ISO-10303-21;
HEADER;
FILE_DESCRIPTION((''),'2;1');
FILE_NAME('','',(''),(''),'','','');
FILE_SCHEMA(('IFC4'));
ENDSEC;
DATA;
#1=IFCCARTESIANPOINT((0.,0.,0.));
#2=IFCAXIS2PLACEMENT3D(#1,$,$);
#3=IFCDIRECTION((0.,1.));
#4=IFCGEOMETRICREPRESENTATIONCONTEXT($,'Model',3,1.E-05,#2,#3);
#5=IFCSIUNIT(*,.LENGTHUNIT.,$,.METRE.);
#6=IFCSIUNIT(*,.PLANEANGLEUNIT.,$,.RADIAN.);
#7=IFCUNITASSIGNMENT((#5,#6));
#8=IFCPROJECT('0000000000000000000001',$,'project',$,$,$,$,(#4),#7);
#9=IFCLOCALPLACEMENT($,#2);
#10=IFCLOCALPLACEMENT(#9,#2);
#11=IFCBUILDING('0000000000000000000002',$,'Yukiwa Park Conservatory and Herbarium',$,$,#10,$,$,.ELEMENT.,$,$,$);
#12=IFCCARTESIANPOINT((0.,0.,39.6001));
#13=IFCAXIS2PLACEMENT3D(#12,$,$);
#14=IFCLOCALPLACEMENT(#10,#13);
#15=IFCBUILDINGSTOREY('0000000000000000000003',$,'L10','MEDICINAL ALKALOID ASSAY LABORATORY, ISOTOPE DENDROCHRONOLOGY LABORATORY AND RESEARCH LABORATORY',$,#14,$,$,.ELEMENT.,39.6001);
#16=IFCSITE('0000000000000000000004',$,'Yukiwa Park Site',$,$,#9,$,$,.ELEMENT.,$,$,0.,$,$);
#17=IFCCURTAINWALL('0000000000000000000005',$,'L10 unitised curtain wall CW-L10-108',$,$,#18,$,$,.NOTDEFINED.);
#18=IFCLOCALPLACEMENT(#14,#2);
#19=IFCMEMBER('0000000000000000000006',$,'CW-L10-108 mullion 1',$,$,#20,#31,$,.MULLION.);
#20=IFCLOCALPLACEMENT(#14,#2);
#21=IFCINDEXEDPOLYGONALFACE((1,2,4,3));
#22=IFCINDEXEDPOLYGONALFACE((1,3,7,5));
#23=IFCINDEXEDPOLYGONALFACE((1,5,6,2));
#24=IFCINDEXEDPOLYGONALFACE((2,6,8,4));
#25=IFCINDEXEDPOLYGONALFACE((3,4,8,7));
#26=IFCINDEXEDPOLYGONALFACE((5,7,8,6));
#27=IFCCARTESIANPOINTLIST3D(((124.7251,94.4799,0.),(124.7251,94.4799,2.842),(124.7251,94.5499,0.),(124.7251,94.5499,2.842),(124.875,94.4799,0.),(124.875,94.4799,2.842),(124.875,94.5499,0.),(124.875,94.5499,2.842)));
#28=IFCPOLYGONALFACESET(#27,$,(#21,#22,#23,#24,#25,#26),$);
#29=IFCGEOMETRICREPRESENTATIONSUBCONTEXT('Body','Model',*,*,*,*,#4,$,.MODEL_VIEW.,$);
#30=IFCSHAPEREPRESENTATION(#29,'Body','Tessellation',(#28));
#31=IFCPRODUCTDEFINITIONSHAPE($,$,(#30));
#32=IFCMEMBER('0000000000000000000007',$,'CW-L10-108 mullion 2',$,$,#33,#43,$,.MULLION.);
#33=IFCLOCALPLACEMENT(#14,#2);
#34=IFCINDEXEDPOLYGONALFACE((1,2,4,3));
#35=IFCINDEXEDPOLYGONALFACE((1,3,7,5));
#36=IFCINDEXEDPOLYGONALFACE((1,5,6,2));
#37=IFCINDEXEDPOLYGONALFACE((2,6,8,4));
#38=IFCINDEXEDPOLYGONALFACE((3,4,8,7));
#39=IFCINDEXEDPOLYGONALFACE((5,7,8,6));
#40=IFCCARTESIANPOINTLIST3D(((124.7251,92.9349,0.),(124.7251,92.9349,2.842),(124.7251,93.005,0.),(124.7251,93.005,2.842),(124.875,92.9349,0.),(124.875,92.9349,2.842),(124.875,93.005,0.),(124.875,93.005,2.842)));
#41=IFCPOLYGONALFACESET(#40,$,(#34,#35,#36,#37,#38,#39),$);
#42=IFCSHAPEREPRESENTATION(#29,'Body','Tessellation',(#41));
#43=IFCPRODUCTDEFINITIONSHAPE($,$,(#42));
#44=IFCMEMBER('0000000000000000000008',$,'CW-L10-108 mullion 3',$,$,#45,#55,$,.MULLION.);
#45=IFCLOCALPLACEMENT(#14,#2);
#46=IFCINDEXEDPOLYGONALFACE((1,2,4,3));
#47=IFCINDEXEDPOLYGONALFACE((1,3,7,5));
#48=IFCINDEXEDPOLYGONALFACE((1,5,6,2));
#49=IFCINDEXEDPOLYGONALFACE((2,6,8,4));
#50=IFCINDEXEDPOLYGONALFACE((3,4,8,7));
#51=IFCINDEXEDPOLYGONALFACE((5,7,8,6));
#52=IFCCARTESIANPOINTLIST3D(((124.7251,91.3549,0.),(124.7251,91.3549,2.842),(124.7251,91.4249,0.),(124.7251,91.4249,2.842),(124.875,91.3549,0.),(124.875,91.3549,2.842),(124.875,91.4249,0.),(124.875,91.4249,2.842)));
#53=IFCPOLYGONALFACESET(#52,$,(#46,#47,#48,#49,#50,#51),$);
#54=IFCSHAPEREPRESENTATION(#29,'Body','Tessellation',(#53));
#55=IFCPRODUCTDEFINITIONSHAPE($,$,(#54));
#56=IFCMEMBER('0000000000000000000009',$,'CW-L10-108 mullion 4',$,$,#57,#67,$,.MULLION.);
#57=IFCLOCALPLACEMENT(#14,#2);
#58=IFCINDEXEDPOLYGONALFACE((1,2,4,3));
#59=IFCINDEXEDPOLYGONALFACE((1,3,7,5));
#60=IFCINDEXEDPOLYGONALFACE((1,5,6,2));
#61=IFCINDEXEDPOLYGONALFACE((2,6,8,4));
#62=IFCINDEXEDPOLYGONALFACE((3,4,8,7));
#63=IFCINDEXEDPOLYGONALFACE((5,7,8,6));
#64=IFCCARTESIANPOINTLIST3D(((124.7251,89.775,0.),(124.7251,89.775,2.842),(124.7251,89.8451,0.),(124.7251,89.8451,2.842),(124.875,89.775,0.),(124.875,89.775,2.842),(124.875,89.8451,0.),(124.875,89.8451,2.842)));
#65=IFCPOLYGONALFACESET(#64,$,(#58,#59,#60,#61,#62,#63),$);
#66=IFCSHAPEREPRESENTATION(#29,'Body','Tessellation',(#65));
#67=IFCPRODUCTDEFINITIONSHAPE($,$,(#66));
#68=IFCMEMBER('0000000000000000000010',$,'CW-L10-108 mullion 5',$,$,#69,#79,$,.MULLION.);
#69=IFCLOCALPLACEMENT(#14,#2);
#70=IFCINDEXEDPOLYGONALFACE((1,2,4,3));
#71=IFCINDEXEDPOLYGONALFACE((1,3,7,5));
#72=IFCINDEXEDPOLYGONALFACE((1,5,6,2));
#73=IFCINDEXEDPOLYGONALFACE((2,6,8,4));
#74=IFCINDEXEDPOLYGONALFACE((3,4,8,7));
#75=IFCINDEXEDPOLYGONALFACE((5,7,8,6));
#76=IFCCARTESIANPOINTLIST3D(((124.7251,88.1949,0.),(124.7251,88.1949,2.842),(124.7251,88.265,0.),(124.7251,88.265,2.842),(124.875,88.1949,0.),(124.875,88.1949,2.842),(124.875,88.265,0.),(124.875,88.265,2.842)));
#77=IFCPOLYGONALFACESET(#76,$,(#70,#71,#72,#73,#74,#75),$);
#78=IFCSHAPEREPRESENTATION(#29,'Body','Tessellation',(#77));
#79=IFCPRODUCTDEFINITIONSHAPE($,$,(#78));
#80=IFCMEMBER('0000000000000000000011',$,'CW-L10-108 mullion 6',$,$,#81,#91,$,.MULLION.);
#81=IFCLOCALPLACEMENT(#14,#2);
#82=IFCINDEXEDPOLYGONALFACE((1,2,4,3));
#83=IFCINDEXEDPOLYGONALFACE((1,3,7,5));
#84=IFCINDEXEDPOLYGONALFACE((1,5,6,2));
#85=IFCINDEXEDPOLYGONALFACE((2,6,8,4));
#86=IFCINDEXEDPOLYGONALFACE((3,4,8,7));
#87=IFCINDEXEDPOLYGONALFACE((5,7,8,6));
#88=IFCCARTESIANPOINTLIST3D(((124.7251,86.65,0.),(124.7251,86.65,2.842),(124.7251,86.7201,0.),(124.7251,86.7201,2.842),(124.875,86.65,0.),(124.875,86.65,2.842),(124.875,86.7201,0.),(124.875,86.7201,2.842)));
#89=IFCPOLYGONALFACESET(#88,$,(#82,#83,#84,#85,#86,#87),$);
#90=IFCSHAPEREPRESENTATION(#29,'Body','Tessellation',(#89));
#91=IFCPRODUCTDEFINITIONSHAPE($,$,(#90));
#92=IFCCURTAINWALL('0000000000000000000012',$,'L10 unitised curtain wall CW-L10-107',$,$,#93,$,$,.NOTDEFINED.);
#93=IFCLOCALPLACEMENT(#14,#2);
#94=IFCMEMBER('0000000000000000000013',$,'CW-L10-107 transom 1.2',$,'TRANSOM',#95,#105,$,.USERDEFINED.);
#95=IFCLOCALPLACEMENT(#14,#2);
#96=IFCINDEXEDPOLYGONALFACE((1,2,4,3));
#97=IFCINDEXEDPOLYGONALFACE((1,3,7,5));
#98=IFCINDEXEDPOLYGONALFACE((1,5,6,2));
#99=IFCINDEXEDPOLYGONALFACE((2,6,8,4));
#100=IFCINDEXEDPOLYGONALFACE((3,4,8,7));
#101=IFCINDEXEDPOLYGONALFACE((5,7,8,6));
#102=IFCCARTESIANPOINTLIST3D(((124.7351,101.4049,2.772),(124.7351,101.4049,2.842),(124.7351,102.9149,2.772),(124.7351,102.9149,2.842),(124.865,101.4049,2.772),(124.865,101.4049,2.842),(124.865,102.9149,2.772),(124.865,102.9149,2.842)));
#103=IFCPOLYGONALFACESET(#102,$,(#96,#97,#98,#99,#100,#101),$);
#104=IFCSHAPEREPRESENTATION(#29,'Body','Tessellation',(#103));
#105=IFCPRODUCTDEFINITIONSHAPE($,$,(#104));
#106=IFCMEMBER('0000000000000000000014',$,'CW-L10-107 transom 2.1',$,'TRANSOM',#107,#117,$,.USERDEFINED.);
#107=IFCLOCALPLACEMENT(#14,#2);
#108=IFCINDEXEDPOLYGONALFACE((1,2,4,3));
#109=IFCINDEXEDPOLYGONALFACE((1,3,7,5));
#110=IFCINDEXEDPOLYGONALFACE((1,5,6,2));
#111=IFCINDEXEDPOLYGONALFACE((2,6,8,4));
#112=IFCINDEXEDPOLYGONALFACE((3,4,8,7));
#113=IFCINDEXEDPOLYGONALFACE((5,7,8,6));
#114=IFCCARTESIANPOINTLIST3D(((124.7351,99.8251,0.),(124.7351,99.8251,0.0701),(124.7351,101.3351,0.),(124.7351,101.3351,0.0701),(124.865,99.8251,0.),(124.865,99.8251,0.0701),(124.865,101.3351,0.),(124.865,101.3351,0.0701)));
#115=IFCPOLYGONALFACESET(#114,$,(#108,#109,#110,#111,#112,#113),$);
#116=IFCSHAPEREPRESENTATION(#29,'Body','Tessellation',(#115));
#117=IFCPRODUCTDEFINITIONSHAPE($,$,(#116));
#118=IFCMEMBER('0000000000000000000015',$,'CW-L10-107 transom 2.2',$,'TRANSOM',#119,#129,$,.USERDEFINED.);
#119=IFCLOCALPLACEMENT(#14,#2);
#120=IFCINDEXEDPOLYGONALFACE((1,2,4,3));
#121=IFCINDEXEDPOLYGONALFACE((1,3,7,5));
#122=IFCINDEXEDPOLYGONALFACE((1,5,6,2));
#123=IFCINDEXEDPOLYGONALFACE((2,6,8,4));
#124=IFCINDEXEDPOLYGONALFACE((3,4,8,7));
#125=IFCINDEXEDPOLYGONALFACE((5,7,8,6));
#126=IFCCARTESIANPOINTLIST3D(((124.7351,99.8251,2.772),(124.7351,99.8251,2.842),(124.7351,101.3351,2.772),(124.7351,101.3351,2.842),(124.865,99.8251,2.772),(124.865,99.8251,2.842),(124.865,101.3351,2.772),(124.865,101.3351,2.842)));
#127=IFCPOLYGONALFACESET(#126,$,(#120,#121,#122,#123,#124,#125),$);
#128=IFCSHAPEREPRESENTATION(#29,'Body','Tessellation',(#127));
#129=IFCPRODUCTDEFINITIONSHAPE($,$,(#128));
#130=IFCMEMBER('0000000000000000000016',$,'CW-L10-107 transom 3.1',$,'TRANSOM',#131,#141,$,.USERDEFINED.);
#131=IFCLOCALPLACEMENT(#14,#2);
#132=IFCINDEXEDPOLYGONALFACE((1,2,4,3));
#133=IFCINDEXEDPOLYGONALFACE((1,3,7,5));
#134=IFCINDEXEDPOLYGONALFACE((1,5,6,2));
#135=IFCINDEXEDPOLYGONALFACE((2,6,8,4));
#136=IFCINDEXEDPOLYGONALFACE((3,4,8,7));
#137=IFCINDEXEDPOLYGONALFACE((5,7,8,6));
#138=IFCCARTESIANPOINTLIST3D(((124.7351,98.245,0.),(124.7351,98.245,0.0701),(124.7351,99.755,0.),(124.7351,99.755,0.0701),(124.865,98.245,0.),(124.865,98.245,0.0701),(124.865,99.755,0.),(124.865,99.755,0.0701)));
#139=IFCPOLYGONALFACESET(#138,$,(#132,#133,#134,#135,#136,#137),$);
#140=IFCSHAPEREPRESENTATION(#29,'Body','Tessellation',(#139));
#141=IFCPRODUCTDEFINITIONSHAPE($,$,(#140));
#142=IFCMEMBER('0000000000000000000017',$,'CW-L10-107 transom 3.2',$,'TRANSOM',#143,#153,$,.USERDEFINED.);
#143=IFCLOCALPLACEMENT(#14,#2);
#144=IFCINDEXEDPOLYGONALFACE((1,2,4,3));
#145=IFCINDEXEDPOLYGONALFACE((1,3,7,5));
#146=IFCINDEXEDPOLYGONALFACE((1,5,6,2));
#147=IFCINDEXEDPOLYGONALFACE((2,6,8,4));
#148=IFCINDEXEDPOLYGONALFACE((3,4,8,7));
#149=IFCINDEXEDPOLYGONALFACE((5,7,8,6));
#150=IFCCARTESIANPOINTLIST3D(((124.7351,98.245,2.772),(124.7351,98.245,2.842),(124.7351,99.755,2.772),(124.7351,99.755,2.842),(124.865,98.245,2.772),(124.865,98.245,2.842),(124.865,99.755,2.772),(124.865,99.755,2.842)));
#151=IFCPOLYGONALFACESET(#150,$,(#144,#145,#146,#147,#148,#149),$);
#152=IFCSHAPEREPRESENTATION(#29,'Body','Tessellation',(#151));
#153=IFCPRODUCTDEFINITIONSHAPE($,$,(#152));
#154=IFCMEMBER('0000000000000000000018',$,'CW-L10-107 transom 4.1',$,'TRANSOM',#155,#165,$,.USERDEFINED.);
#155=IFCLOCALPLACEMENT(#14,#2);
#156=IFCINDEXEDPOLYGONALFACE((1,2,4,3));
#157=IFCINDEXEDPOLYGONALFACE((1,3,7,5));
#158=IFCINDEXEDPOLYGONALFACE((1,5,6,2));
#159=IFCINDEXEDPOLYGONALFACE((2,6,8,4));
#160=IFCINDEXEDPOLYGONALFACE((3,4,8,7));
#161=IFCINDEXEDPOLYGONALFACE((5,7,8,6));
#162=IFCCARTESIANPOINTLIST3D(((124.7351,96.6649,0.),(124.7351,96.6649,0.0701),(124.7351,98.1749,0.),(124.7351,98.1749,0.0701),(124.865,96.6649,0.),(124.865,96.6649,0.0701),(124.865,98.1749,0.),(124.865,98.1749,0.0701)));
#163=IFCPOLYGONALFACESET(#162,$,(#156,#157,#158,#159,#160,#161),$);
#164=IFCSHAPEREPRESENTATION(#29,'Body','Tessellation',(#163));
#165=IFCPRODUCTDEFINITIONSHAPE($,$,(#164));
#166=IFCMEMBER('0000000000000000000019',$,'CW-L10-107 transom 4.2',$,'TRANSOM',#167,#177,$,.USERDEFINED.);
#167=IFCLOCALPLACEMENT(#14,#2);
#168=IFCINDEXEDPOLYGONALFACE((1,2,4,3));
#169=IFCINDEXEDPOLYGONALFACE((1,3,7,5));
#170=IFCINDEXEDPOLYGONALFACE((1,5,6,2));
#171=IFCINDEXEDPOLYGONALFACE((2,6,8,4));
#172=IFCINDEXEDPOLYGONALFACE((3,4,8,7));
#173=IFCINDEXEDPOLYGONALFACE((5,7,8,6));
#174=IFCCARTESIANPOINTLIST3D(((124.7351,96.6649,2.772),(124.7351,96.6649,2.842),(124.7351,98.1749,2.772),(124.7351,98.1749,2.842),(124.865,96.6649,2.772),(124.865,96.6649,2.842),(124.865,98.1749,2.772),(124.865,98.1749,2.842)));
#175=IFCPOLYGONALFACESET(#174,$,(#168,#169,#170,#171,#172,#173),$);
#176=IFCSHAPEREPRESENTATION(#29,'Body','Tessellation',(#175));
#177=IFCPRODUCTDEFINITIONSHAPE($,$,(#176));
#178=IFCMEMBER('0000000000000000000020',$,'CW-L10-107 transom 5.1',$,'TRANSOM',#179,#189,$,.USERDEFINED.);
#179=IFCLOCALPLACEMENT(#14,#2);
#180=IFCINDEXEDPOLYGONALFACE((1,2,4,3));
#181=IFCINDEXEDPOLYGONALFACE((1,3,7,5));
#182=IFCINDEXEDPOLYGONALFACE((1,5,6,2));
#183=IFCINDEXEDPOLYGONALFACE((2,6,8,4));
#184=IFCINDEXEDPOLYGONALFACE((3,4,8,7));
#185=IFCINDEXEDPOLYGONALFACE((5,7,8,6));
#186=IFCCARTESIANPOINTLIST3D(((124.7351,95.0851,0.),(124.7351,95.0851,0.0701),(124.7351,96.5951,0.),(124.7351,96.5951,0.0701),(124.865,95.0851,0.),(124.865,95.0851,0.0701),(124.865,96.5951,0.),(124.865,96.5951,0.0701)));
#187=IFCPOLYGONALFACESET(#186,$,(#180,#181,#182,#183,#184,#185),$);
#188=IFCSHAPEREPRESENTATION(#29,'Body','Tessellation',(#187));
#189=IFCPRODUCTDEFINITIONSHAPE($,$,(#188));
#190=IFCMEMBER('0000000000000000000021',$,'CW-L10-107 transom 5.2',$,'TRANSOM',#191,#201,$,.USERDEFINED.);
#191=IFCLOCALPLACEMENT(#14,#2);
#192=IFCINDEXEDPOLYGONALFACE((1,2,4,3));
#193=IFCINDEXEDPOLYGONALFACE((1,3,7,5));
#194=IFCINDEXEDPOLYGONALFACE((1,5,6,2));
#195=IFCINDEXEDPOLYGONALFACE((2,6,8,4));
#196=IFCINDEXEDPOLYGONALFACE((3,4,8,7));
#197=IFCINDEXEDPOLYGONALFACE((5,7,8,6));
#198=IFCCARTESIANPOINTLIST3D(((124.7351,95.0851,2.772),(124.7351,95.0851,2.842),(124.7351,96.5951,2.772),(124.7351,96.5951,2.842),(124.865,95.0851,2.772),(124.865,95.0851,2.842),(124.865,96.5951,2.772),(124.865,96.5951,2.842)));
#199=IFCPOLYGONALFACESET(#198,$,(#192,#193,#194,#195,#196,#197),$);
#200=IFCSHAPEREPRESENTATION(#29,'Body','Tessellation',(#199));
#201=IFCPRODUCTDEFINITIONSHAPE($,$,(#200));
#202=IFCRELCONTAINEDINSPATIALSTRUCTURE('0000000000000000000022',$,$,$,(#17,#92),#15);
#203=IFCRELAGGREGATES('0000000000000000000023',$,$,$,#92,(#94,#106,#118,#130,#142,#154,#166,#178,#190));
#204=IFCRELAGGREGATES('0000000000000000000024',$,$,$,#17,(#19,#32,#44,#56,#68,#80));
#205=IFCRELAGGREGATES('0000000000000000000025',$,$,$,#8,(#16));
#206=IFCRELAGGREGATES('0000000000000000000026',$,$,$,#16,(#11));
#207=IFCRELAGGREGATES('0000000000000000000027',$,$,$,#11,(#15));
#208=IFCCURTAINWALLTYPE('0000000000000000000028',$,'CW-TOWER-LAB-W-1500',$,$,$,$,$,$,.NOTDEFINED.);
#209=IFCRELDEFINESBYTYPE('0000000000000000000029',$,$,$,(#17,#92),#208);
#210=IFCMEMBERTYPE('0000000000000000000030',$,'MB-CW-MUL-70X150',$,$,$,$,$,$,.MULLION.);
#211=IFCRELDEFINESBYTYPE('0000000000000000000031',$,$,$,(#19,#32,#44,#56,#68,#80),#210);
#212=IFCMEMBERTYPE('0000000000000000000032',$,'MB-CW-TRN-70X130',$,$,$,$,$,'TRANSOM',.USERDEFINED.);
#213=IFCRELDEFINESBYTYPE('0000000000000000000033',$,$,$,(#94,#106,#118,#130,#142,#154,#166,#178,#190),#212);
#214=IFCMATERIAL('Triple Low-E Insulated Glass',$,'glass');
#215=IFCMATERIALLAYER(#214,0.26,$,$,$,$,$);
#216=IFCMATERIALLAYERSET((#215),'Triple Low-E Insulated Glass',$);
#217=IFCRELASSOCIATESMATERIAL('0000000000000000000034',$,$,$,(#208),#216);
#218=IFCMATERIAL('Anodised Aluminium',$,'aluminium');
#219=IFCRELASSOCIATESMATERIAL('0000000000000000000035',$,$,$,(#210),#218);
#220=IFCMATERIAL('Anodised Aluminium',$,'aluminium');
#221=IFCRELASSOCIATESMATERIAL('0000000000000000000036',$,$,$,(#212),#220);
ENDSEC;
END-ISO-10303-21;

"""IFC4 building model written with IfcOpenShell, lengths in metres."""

from ifc_helpers import new_model, si_unit, direction, frame, origin, origin_2d, place, context, subcontext, project, spatial, rectangle, extrude, material, layer, layer_set, type_object, element, aggregate, save


model = new_model("IFC4")

# Units and contexts
model_context = context("Model", 3, precision=1e-05, world=origin(), true_north=direction((0.0, 1.0)))
body_context = subcontext(model_context, "Body", "Model", "MODEL_VIEW")
ifc_project = project(units=[si_unit("LENGTHUNIT", "METRE"), si_unit("PLANEANGLEUNIT", "RADIAN")], contexts=[model_context])

# Site, building, storey
site_placement = place(None, origin())
site = spatial("IfcSite", under=ifc_project, at=site_placement, Name="Yukiwa Park Site", CompositionType="ELEMENT", RefElevation=0.0)
building_placement = place(site_placement, origin())
building = spatial("IfcBuilding", under=site, at=building_placement, Name="Yukiwa Park Conservatory and Herbarium", CompositionType="ELEMENT")
storey_placement = place(building_placement, frame((0.0, 0.0, 39.6001)))
storey = spatial("IfcBuildingStorey", under=building, at=storey_placement, Name="L10", Description="MEDICINAL ALKALOID ASSAY LABORATORY, ISOTOPE DENDROCHRONOLOGY LABORATORY AND RESEARCH LABORATORY", CompositionType="ELEMENT", Elevation=39.6001)

# Curtain walls, members
ifc_material_1 = material(Name="Triple Low-E Insulated Glass", Category="glass")
ifc_layer_1 = layer(ifc_material_1, 0.26)
ifc_layer_set_1 = layer_set([ifc_layer_1], Name="Triple Low-E Insulated Glass")
curtain_wall_type = type_object("IfcCurtainWallType", Name="CW-TOWER-LAB-W-1500", PredefinedType="NOTDEFINED", material=ifc_layer_set_1)
curtain_wall_1_placement = place(storey_placement, origin())
curtain_wall_1 = element("IfcCurtainWall", 1, at=curtain_wall_1_placement, inside=storey, type_object=curtain_wall_type, Name="L10 unitised curtain wall CW-L10-108", PredefinedType="NOTDEFINED")
ifc_material_2 = material(Name="Anodised Aluminium", Category="aluminium")
member_type_1 = type_object("IfcMemberType", Name="MB-CW-MUL-70X150", PredefinedType="MULLION", material=ifc_material_2)
member_1_placement = place(storey_placement, frame((124.8, 94.5149, 0.0), z_axis=(0.0, 0.0, 1.0), x_axis=(0.0, -1.0, 0.0)))
member_1 = element("IfcMember", 2, at=member_1_placement, type_object=member_type_1, Name="CW-L10-108 mullion 1", PredefinedType="MULLION", context=body_context, shape_type="SweptSolid", body=[
    extrude(rectangle(XDim=0.0701, YDim=0.1499, at=origin_2d()), origin(), (0.0, 0.0, 1.0), 2.842),
])
member_2_placement = place(storey_placement, frame((124.8, 92.97, 0.0), z_axis=(0.0, 0.0, 1.0), x_axis=(0.0, -1.0, 0.0)))
member_2 = element("IfcMember", 3, at=member_2_placement, type_object=member_type_1, Name="CW-L10-108 mullion 2", PredefinedType="MULLION", context=body_context, shape_type="SweptSolid", body=[
    extrude(rectangle(XDim=0.0701, YDim=0.1499, at=origin_2d()), origin(), (0.0, 0.0, 1.0), 2.842),
])
member_3_placement = place(storey_placement, frame((124.8, 91.3899, 0.0), z_axis=(0.0, 0.0, 1.0), x_axis=(0.0, -1.0, 0.0)))
member_3 = element("IfcMember", 4, at=member_3_placement, type_object=member_type_1, Name="CW-L10-108 mullion 3", PredefinedType="MULLION", context=body_context, shape_type="SweptSolid", body=[
    extrude(rectangle(XDim=0.0701, YDim=0.1499, at=origin_2d()), origin(), (0.0, 0.0, 1.0), 2.842),
])
member_4_placement = place(storey_placement, frame((124.8, 89.8101, 0.0), z_axis=(0.0, 0.0, 1.0), x_axis=(0.0, -1.0, 0.0)))
member_4 = element("IfcMember", 5, at=member_4_placement, type_object=member_type_1, Name="CW-L10-108 mullion 4", PredefinedType="MULLION", context=body_context, shape_type="SweptSolid", body=[
    extrude(rectangle(XDim=0.0701, YDim=0.1499, at=origin_2d()), origin(), (0.0, 0.0, 1.0), 2.842),
])
member_5_placement = place(storey_placement, frame((124.8, 88.23, 0.0), z_axis=(0.0, 0.0, 1.0), x_axis=(0.0, -1.0, 0.0)))
member_5 = element("IfcMember", 6, at=member_5_placement, type_object=member_type_1, Name="CW-L10-108 mullion 5", PredefinedType="MULLION", context=body_context, shape_type="SweptSolid", body=[
    extrude(rectangle(XDim=0.0701, YDim=0.1499, at=origin_2d()), origin(), (0.0, 0.0, 1.0), 2.842),
])
member_6_placement = place(storey_placement, frame((124.8, 86.6851, 0.0), z_axis=(0.0, 0.0, 1.0), x_axis=(0.0, -1.0, 0.0)))
member_6 = element("IfcMember", 7, at=member_6_placement, type_object=member_type_1, Name="CW-L10-108 mullion 6", PredefinedType="MULLION", context=body_context, shape_type="SweptSolid", body=[
    extrude(rectangle(XDim=0.0701, YDim=0.1499, at=origin_2d()), origin(), (0.0, 0.0, 1.0), 2.842),
])
curtain_wall_2_placement = place(storey_placement, origin())
curtain_wall_2 = element("IfcCurtainWall", 8, at=curtain_wall_2_placement, inside=storey, type_object=curtain_wall_type, Name="L10 unitised curtain wall CW-L10-107", PredefinedType="NOTDEFINED")
ifc_material_3 = material(Name="Anodised Aluminium", Category="aluminium")
member_type_2 = type_object("IfcMemberType", Name="MB-CW-TRN-70X130", ElementType="TRANSOM", PredefinedType="USERDEFINED", material=ifc_material_3)
member_7_placement = place(storey_placement, frame((124.8, 102.1599, 2.772), z_axis=(0.0, 0.0, 1.0), x_axis=(0.0, -1.0, 0.0)))
member_7 = element("IfcMember", 9, at=member_7_placement, type_object=member_type_2, Name="CW-L10-107 transom 1.2", ObjectType="TRANSOM", PredefinedType="USERDEFINED", context=body_context, shape_type="SweptSolid", body=[
    extrude(rectangle(XDim=1.51, YDim=0.1299, at=origin_2d()), origin(), (0.0, 0.0, 1.0), 0.0701),
])
member_8_placement = place(storey_placement, frame((124.8, 100.5801, 0.0), z_axis=(0.0, 0.0, 1.0), x_axis=(0.0, -1.0, 0.0)))
member_8 = element("IfcMember", 10, at=member_8_placement, type_object=member_type_2, Name="CW-L10-107 transom 2.1", ObjectType="TRANSOM", PredefinedType="USERDEFINED", context=body_context, shape_type="SweptSolid", body=[
    extrude(rectangle(XDim=1.51, YDim=0.1299, at=origin_2d()), origin(), (0.0, 0.0, 1.0), 0.0701),
])
member_9_placement = place(storey_placement, frame((124.8, 100.5801, 2.772), z_axis=(0.0, 0.0, 1.0), x_axis=(0.0, -1.0, 0.0)))
member_9 = element("IfcMember", 11, at=member_9_placement, type_object=member_type_2, Name="CW-L10-107 transom 2.2", ObjectType="TRANSOM", PredefinedType="USERDEFINED", context=body_context, shape_type="SweptSolid", body=[
    extrude(rectangle(XDim=1.51, YDim=0.1299, at=origin_2d()), origin(), (0.0, 0.0, 1.0), 0.0701),
])
member_10_placement = place(storey_placement, frame((124.8, 99.0, 0.0), z_axis=(0.0, 0.0, 1.0), x_axis=(0.0, -1.0, 0.0)))
member_10 = element("IfcMember", 12, at=member_10_placement, type_object=member_type_2, Name="CW-L10-107 transom 3.1", ObjectType="TRANSOM", PredefinedType="USERDEFINED", context=body_context, shape_type="SweptSolid", body=[
    extrude(rectangle(XDim=1.51, YDim=0.1299, at=origin_2d()), origin(), (0.0, 0.0, 1.0), 0.0701),
])
member_11_placement = place(storey_placement, frame((124.8, 99.0, 2.772), z_axis=(0.0, 0.0, 1.0), x_axis=(0.0, -1.0, 0.0)))
member_11 = element("IfcMember", 13, at=member_11_placement, type_object=member_type_2, Name="CW-L10-107 transom 3.2", ObjectType="TRANSOM", PredefinedType="USERDEFINED", context=body_context, shape_type="SweptSolid", body=[
    extrude(rectangle(XDim=1.51, YDim=0.1299, at=origin_2d()), origin(), (0.0, 0.0, 1.0), 0.0701),
])
member_12_placement = place(storey_placement, frame((124.8, 97.4199, 0.0), z_axis=(0.0, 0.0, 1.0), x_axis=(0.0, -1.0, 0.0)))
member_12 = element("IfcMember", 14, at=member_12_placement, type_object=member_type_2, Name="CW-L10-107 transom 4.1", ObjectType="TRANSOM", PredefinedType="USERDEFINED", context=body_context, shape_type="SweptSolid", body=[
    extrude(rectangle(XDim=1.51, YDim=0.1299, at=origin_2d()), origin(), (0.0, 0.0, 1.0), 0.0701),
])
member_13_placement = place(storey_placement, frame((124.8, 97.4199, 2.772), z_axis=(0.0, 0.0, 1.0), x_axis=(0.0, -1.0, 0.0)))
member_13 = element("IfcMember", 15, at=member_13_placement, type_object=member_type_2, Name="CW-L10-107 transom 4.2", ObjectType="TRANSOM", PredefinedType="USERDEFINED", context=body_context, shape_type="SweptSolid", body=[
    extrude(rectangle(XDim=1.51, YDim=0.1299, at=origin_2d()), origin(), (0.0, 0.0, 1.0), 0.0701),
])
member_14_placement = place(storey_placement, frame((124.8, 95.8401, 0.0), z_axis=(0.0, 0.0, 1.0), x_axis=(0.0, -1.0, 0.0)))
member_14 = element("IfcMember", 16, at=member_14_placement, type_object=member_type_2, Name="CW-L10-107 transom 5.1", ObjectType="TRANSOM", PredefinedType="USERDEFINED", context=body_context, shape_type="SweptSolid", body=[
    extrude(rectangle(XDim=1.51, YDim=0.1299, at=origin_2d()), origin(), (0.0, 0.0, 1.0), 0.0701),
])
member_15_placement = place(storey_placement, frame((124.8, 95.8401, 2.772), z_axis=(0.0, 0.0, 1.0), x_axis=(0.0, -1.0, 0.0)))
member_15 = element("IfcMember", 17, at=member_15_placement, type_object=member_type_2, Name="CW-L10-107 transom 5.2", ObjectType="TRANSOM", PredefinedType="USERDEFINED", context=body_context, shape_type="SweptSolid", body=[
    extrude(rectangle(XDim=1.51, YDim=0.1299, at=origin_2d()), origin(), (0.0, 0.0, 1.0), 0.0701),
])

aggregate(curtain_wall_2, [member_7, member_8, member_9, member_10, member_11, member_12, member_13, member_14, member_15])
aggregate(curtain_wall_1, [member_1, member_2, member_3, member_4, member_5, member_6])

save(model, "model.ifc")
